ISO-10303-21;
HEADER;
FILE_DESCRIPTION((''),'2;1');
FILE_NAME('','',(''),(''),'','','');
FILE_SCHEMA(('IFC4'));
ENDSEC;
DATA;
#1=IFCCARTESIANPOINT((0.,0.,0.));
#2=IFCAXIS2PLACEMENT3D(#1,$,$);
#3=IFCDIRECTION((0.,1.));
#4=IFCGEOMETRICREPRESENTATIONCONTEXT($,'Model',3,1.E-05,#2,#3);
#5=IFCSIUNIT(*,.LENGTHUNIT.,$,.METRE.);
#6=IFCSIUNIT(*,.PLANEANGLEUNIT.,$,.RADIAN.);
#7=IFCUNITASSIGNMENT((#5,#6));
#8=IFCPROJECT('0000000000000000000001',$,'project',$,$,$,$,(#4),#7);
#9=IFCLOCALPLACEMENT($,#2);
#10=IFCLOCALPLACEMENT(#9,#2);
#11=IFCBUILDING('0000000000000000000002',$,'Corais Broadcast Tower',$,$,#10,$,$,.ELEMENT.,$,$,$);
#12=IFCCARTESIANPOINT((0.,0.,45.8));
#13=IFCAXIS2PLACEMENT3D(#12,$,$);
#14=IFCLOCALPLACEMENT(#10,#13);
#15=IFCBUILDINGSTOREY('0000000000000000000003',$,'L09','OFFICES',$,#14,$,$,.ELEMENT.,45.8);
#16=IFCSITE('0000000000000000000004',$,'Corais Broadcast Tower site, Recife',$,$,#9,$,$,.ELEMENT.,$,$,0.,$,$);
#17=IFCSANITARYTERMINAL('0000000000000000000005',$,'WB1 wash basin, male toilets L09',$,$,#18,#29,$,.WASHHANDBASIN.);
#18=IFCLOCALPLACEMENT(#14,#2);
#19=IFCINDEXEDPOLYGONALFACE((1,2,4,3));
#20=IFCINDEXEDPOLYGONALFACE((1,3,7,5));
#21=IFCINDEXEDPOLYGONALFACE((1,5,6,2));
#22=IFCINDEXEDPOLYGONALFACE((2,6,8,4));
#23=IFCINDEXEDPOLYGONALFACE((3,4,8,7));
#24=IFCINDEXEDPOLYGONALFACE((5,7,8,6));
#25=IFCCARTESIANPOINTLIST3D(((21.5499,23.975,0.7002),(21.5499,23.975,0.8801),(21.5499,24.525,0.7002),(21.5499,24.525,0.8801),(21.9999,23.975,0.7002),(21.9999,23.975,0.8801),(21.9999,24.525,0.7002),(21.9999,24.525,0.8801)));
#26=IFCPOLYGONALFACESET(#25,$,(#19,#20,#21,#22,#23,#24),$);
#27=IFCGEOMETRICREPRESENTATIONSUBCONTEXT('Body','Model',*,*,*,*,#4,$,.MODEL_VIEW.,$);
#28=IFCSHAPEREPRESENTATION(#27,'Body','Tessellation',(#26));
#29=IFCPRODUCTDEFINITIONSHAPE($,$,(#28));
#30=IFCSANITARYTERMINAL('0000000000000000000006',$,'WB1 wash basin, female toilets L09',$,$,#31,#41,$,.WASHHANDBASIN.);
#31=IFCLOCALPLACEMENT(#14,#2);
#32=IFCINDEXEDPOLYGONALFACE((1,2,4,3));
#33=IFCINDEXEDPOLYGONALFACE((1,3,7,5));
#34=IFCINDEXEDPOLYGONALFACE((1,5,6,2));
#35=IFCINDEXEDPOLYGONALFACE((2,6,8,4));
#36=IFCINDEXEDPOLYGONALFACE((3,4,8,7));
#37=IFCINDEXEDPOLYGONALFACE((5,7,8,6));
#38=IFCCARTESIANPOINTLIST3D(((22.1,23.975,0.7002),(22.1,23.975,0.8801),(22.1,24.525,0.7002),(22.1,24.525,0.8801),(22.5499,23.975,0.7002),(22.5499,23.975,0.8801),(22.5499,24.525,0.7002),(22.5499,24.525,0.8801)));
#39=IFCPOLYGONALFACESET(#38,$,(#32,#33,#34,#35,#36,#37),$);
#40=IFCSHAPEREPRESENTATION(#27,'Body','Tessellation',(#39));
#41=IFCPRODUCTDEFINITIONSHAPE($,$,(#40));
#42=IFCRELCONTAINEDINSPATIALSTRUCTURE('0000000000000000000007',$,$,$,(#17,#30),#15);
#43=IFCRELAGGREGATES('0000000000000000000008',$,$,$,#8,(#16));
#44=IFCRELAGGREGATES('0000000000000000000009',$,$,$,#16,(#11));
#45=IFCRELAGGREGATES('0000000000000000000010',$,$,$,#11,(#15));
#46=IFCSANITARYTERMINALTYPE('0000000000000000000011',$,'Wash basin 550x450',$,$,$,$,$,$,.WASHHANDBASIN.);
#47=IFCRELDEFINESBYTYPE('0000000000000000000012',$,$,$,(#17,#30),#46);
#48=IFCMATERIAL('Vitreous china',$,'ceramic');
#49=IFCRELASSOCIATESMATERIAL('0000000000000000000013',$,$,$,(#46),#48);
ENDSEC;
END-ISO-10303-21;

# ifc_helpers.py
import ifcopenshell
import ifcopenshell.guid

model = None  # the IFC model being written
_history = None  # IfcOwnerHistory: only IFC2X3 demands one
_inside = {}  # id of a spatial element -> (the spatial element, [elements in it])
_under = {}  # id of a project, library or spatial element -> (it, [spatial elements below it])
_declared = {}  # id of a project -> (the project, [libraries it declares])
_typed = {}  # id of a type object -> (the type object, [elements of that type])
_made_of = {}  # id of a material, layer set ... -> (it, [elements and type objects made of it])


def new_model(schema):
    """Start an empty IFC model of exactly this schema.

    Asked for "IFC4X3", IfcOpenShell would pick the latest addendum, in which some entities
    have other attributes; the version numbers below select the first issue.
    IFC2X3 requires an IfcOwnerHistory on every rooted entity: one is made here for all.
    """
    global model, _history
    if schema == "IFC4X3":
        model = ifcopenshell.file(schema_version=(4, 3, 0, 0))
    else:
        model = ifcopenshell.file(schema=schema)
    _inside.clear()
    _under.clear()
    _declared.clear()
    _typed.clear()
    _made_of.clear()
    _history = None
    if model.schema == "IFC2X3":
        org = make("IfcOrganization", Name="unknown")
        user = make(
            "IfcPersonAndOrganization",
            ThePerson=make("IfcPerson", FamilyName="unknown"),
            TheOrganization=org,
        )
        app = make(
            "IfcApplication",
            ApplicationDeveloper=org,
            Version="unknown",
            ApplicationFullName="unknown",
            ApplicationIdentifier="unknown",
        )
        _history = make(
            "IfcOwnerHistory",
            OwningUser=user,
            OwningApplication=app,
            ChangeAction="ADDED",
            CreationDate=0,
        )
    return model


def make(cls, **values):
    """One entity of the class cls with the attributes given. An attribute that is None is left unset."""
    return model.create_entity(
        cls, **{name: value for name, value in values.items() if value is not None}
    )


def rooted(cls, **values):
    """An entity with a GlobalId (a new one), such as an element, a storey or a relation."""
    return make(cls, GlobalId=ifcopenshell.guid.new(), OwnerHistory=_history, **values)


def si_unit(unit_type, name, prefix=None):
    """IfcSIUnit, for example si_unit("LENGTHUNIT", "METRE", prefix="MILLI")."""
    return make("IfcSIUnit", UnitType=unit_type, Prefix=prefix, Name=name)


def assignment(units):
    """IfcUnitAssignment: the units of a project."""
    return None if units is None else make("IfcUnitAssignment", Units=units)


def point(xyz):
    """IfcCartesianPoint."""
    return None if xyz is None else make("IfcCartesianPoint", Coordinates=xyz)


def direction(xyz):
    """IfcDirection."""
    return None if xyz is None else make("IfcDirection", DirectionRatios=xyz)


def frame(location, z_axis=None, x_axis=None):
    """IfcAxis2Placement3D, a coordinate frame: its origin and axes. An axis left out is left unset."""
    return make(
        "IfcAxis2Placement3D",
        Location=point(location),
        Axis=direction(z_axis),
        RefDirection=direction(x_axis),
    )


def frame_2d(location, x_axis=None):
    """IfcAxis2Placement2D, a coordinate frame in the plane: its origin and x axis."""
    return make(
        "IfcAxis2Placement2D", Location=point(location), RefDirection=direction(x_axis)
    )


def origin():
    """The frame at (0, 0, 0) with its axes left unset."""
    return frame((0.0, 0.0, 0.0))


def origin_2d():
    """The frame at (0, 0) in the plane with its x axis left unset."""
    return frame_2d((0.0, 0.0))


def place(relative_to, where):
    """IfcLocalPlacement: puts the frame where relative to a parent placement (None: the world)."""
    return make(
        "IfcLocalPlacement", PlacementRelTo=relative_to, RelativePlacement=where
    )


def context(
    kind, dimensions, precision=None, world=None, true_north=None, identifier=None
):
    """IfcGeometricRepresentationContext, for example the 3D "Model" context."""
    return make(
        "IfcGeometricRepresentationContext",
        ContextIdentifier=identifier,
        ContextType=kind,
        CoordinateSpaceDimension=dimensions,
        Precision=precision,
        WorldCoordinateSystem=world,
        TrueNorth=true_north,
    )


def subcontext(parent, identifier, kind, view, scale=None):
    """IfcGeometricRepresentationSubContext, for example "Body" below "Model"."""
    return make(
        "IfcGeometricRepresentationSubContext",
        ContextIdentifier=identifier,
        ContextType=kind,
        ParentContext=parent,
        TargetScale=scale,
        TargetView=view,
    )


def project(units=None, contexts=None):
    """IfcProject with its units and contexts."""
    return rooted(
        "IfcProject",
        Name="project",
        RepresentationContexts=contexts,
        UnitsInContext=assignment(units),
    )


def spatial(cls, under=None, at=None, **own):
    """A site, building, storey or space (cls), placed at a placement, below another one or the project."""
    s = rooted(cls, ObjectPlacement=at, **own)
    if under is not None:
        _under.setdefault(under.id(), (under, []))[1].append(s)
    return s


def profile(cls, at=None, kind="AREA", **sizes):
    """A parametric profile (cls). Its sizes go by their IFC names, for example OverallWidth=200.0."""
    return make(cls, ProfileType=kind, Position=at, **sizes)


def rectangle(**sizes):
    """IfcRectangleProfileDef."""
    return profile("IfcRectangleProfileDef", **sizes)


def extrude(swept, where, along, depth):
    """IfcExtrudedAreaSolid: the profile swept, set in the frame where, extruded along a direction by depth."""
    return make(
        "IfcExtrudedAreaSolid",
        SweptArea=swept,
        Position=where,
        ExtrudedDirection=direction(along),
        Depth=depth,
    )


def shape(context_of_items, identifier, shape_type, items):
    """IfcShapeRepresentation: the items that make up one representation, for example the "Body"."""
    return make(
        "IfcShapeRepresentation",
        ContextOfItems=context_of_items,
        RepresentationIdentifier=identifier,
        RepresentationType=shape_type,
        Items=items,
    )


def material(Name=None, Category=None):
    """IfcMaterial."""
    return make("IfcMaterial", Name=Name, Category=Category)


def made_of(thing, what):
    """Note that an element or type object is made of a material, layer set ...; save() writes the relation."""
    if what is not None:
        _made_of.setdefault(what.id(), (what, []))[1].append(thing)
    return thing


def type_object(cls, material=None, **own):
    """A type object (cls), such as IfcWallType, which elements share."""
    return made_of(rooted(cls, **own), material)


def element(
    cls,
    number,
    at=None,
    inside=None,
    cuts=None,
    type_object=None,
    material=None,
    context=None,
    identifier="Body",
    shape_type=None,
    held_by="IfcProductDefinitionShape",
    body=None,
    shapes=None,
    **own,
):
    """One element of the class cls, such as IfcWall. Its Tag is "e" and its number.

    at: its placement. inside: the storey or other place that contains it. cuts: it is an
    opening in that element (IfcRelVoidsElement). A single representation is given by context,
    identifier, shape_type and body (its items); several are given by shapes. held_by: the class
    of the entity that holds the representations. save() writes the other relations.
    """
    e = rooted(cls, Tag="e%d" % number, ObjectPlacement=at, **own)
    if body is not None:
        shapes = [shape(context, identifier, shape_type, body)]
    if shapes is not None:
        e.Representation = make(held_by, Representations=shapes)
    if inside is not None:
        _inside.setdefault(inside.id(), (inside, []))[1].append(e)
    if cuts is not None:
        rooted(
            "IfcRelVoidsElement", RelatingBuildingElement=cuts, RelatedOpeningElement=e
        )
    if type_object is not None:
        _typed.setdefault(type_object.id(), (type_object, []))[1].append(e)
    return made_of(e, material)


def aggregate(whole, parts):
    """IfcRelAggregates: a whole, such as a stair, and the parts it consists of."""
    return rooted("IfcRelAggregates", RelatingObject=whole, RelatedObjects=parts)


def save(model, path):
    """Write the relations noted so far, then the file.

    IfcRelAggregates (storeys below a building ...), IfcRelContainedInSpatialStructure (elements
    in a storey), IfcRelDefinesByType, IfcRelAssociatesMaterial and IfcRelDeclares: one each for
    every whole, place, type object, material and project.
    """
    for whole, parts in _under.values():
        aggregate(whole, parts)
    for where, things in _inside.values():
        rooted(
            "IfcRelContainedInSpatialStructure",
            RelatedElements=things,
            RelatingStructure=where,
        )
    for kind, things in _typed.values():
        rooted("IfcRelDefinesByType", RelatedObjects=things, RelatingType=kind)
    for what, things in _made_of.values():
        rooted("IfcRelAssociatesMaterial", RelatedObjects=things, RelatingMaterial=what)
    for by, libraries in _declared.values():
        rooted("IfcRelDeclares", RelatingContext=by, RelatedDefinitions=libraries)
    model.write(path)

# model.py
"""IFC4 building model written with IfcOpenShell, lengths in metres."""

from ifc_helpers import new_model, si_unit, direction, frame, origin, origin_2d, place, context, subcontext, project, spatial, rectangle, extrude, material, type_object, element, save


model = new_model("IFC4")

# Units and contexts
model_context = context("Model", 3, precision=1e-05, world=origin(), true_north=direction((0.0, 1.0)))
body_context = subcontext(model_context, "Body", "Model", "MODEL_VIEW")
ifc_project = project(units=[si_unit("LENGTHUNIT", "METRE"), si_unit("PLANEANGLEUNIT", "RADIAN")], contexts=[model_context])

# Site, building, storey
site_placement = place(None, origin())
site = spatial("IfcSite", under=ifc_project, at=site_placement, Name="Corais Broadcast Tower site, Recife", CompositionType="ELEMENT", RefElevation=0.0)
building_placement = place(site_placement, origin())
building = spatial("IfcBuilding", under=site, at=building_placement, Name="Corais Broadcast Tower", CompositionType="ELEMENT")
storey_placement = place(building_placement, frame((0.0, 0.0, 45.8)))
storey = spatial("IfcBuildingStorey", under=building, at=storey_placement, Name="L09", Description="OFFICES", CompositionType="ELEMENT", Elevation=45.8)

# Sanitary terminals
ifc_material_1 = material(Name="Vitreous china", Category="ceramic")
sanitary_terminal_type = type_object("IfcSanitaryTerminalType", Name="Wash basin 550x450", PredefinedType="WASHHANDBASIN", material=ifc_material_1)
for number, where, z_axis, x_axis, name in (
    (1, (21.7749, 24.25, 0.7002), (0.0, 0.0, 1.0), (1.0, 0.0, 0.0), "WB1 wash basin, male toilets L09"),
    (2, (22.325, 24.25, 0.7002), (0.0, 0.0, 1.0), (1.0, 0.0, 0.0), "WB1 wash basin, female toilets L09"),
):
    element("IfcSanitaryTerminal", number, at=place(storey_placement, frame(where, z_axis=z_axis, x_axis=x_axis)), inside=storey, type_object=sanitary_terminal_type, Name=name, PredefinedType="WASHHANDBASIN", context=body_context, shape_type="SweptSolid", body=[
        extrude(rectangle(XDim=0.45, YDim=0.55, at=origin_2d()), origin(), (0.0, 0.0, 1.0), 0.1799),
    ])

save(model, "model.ifc")
